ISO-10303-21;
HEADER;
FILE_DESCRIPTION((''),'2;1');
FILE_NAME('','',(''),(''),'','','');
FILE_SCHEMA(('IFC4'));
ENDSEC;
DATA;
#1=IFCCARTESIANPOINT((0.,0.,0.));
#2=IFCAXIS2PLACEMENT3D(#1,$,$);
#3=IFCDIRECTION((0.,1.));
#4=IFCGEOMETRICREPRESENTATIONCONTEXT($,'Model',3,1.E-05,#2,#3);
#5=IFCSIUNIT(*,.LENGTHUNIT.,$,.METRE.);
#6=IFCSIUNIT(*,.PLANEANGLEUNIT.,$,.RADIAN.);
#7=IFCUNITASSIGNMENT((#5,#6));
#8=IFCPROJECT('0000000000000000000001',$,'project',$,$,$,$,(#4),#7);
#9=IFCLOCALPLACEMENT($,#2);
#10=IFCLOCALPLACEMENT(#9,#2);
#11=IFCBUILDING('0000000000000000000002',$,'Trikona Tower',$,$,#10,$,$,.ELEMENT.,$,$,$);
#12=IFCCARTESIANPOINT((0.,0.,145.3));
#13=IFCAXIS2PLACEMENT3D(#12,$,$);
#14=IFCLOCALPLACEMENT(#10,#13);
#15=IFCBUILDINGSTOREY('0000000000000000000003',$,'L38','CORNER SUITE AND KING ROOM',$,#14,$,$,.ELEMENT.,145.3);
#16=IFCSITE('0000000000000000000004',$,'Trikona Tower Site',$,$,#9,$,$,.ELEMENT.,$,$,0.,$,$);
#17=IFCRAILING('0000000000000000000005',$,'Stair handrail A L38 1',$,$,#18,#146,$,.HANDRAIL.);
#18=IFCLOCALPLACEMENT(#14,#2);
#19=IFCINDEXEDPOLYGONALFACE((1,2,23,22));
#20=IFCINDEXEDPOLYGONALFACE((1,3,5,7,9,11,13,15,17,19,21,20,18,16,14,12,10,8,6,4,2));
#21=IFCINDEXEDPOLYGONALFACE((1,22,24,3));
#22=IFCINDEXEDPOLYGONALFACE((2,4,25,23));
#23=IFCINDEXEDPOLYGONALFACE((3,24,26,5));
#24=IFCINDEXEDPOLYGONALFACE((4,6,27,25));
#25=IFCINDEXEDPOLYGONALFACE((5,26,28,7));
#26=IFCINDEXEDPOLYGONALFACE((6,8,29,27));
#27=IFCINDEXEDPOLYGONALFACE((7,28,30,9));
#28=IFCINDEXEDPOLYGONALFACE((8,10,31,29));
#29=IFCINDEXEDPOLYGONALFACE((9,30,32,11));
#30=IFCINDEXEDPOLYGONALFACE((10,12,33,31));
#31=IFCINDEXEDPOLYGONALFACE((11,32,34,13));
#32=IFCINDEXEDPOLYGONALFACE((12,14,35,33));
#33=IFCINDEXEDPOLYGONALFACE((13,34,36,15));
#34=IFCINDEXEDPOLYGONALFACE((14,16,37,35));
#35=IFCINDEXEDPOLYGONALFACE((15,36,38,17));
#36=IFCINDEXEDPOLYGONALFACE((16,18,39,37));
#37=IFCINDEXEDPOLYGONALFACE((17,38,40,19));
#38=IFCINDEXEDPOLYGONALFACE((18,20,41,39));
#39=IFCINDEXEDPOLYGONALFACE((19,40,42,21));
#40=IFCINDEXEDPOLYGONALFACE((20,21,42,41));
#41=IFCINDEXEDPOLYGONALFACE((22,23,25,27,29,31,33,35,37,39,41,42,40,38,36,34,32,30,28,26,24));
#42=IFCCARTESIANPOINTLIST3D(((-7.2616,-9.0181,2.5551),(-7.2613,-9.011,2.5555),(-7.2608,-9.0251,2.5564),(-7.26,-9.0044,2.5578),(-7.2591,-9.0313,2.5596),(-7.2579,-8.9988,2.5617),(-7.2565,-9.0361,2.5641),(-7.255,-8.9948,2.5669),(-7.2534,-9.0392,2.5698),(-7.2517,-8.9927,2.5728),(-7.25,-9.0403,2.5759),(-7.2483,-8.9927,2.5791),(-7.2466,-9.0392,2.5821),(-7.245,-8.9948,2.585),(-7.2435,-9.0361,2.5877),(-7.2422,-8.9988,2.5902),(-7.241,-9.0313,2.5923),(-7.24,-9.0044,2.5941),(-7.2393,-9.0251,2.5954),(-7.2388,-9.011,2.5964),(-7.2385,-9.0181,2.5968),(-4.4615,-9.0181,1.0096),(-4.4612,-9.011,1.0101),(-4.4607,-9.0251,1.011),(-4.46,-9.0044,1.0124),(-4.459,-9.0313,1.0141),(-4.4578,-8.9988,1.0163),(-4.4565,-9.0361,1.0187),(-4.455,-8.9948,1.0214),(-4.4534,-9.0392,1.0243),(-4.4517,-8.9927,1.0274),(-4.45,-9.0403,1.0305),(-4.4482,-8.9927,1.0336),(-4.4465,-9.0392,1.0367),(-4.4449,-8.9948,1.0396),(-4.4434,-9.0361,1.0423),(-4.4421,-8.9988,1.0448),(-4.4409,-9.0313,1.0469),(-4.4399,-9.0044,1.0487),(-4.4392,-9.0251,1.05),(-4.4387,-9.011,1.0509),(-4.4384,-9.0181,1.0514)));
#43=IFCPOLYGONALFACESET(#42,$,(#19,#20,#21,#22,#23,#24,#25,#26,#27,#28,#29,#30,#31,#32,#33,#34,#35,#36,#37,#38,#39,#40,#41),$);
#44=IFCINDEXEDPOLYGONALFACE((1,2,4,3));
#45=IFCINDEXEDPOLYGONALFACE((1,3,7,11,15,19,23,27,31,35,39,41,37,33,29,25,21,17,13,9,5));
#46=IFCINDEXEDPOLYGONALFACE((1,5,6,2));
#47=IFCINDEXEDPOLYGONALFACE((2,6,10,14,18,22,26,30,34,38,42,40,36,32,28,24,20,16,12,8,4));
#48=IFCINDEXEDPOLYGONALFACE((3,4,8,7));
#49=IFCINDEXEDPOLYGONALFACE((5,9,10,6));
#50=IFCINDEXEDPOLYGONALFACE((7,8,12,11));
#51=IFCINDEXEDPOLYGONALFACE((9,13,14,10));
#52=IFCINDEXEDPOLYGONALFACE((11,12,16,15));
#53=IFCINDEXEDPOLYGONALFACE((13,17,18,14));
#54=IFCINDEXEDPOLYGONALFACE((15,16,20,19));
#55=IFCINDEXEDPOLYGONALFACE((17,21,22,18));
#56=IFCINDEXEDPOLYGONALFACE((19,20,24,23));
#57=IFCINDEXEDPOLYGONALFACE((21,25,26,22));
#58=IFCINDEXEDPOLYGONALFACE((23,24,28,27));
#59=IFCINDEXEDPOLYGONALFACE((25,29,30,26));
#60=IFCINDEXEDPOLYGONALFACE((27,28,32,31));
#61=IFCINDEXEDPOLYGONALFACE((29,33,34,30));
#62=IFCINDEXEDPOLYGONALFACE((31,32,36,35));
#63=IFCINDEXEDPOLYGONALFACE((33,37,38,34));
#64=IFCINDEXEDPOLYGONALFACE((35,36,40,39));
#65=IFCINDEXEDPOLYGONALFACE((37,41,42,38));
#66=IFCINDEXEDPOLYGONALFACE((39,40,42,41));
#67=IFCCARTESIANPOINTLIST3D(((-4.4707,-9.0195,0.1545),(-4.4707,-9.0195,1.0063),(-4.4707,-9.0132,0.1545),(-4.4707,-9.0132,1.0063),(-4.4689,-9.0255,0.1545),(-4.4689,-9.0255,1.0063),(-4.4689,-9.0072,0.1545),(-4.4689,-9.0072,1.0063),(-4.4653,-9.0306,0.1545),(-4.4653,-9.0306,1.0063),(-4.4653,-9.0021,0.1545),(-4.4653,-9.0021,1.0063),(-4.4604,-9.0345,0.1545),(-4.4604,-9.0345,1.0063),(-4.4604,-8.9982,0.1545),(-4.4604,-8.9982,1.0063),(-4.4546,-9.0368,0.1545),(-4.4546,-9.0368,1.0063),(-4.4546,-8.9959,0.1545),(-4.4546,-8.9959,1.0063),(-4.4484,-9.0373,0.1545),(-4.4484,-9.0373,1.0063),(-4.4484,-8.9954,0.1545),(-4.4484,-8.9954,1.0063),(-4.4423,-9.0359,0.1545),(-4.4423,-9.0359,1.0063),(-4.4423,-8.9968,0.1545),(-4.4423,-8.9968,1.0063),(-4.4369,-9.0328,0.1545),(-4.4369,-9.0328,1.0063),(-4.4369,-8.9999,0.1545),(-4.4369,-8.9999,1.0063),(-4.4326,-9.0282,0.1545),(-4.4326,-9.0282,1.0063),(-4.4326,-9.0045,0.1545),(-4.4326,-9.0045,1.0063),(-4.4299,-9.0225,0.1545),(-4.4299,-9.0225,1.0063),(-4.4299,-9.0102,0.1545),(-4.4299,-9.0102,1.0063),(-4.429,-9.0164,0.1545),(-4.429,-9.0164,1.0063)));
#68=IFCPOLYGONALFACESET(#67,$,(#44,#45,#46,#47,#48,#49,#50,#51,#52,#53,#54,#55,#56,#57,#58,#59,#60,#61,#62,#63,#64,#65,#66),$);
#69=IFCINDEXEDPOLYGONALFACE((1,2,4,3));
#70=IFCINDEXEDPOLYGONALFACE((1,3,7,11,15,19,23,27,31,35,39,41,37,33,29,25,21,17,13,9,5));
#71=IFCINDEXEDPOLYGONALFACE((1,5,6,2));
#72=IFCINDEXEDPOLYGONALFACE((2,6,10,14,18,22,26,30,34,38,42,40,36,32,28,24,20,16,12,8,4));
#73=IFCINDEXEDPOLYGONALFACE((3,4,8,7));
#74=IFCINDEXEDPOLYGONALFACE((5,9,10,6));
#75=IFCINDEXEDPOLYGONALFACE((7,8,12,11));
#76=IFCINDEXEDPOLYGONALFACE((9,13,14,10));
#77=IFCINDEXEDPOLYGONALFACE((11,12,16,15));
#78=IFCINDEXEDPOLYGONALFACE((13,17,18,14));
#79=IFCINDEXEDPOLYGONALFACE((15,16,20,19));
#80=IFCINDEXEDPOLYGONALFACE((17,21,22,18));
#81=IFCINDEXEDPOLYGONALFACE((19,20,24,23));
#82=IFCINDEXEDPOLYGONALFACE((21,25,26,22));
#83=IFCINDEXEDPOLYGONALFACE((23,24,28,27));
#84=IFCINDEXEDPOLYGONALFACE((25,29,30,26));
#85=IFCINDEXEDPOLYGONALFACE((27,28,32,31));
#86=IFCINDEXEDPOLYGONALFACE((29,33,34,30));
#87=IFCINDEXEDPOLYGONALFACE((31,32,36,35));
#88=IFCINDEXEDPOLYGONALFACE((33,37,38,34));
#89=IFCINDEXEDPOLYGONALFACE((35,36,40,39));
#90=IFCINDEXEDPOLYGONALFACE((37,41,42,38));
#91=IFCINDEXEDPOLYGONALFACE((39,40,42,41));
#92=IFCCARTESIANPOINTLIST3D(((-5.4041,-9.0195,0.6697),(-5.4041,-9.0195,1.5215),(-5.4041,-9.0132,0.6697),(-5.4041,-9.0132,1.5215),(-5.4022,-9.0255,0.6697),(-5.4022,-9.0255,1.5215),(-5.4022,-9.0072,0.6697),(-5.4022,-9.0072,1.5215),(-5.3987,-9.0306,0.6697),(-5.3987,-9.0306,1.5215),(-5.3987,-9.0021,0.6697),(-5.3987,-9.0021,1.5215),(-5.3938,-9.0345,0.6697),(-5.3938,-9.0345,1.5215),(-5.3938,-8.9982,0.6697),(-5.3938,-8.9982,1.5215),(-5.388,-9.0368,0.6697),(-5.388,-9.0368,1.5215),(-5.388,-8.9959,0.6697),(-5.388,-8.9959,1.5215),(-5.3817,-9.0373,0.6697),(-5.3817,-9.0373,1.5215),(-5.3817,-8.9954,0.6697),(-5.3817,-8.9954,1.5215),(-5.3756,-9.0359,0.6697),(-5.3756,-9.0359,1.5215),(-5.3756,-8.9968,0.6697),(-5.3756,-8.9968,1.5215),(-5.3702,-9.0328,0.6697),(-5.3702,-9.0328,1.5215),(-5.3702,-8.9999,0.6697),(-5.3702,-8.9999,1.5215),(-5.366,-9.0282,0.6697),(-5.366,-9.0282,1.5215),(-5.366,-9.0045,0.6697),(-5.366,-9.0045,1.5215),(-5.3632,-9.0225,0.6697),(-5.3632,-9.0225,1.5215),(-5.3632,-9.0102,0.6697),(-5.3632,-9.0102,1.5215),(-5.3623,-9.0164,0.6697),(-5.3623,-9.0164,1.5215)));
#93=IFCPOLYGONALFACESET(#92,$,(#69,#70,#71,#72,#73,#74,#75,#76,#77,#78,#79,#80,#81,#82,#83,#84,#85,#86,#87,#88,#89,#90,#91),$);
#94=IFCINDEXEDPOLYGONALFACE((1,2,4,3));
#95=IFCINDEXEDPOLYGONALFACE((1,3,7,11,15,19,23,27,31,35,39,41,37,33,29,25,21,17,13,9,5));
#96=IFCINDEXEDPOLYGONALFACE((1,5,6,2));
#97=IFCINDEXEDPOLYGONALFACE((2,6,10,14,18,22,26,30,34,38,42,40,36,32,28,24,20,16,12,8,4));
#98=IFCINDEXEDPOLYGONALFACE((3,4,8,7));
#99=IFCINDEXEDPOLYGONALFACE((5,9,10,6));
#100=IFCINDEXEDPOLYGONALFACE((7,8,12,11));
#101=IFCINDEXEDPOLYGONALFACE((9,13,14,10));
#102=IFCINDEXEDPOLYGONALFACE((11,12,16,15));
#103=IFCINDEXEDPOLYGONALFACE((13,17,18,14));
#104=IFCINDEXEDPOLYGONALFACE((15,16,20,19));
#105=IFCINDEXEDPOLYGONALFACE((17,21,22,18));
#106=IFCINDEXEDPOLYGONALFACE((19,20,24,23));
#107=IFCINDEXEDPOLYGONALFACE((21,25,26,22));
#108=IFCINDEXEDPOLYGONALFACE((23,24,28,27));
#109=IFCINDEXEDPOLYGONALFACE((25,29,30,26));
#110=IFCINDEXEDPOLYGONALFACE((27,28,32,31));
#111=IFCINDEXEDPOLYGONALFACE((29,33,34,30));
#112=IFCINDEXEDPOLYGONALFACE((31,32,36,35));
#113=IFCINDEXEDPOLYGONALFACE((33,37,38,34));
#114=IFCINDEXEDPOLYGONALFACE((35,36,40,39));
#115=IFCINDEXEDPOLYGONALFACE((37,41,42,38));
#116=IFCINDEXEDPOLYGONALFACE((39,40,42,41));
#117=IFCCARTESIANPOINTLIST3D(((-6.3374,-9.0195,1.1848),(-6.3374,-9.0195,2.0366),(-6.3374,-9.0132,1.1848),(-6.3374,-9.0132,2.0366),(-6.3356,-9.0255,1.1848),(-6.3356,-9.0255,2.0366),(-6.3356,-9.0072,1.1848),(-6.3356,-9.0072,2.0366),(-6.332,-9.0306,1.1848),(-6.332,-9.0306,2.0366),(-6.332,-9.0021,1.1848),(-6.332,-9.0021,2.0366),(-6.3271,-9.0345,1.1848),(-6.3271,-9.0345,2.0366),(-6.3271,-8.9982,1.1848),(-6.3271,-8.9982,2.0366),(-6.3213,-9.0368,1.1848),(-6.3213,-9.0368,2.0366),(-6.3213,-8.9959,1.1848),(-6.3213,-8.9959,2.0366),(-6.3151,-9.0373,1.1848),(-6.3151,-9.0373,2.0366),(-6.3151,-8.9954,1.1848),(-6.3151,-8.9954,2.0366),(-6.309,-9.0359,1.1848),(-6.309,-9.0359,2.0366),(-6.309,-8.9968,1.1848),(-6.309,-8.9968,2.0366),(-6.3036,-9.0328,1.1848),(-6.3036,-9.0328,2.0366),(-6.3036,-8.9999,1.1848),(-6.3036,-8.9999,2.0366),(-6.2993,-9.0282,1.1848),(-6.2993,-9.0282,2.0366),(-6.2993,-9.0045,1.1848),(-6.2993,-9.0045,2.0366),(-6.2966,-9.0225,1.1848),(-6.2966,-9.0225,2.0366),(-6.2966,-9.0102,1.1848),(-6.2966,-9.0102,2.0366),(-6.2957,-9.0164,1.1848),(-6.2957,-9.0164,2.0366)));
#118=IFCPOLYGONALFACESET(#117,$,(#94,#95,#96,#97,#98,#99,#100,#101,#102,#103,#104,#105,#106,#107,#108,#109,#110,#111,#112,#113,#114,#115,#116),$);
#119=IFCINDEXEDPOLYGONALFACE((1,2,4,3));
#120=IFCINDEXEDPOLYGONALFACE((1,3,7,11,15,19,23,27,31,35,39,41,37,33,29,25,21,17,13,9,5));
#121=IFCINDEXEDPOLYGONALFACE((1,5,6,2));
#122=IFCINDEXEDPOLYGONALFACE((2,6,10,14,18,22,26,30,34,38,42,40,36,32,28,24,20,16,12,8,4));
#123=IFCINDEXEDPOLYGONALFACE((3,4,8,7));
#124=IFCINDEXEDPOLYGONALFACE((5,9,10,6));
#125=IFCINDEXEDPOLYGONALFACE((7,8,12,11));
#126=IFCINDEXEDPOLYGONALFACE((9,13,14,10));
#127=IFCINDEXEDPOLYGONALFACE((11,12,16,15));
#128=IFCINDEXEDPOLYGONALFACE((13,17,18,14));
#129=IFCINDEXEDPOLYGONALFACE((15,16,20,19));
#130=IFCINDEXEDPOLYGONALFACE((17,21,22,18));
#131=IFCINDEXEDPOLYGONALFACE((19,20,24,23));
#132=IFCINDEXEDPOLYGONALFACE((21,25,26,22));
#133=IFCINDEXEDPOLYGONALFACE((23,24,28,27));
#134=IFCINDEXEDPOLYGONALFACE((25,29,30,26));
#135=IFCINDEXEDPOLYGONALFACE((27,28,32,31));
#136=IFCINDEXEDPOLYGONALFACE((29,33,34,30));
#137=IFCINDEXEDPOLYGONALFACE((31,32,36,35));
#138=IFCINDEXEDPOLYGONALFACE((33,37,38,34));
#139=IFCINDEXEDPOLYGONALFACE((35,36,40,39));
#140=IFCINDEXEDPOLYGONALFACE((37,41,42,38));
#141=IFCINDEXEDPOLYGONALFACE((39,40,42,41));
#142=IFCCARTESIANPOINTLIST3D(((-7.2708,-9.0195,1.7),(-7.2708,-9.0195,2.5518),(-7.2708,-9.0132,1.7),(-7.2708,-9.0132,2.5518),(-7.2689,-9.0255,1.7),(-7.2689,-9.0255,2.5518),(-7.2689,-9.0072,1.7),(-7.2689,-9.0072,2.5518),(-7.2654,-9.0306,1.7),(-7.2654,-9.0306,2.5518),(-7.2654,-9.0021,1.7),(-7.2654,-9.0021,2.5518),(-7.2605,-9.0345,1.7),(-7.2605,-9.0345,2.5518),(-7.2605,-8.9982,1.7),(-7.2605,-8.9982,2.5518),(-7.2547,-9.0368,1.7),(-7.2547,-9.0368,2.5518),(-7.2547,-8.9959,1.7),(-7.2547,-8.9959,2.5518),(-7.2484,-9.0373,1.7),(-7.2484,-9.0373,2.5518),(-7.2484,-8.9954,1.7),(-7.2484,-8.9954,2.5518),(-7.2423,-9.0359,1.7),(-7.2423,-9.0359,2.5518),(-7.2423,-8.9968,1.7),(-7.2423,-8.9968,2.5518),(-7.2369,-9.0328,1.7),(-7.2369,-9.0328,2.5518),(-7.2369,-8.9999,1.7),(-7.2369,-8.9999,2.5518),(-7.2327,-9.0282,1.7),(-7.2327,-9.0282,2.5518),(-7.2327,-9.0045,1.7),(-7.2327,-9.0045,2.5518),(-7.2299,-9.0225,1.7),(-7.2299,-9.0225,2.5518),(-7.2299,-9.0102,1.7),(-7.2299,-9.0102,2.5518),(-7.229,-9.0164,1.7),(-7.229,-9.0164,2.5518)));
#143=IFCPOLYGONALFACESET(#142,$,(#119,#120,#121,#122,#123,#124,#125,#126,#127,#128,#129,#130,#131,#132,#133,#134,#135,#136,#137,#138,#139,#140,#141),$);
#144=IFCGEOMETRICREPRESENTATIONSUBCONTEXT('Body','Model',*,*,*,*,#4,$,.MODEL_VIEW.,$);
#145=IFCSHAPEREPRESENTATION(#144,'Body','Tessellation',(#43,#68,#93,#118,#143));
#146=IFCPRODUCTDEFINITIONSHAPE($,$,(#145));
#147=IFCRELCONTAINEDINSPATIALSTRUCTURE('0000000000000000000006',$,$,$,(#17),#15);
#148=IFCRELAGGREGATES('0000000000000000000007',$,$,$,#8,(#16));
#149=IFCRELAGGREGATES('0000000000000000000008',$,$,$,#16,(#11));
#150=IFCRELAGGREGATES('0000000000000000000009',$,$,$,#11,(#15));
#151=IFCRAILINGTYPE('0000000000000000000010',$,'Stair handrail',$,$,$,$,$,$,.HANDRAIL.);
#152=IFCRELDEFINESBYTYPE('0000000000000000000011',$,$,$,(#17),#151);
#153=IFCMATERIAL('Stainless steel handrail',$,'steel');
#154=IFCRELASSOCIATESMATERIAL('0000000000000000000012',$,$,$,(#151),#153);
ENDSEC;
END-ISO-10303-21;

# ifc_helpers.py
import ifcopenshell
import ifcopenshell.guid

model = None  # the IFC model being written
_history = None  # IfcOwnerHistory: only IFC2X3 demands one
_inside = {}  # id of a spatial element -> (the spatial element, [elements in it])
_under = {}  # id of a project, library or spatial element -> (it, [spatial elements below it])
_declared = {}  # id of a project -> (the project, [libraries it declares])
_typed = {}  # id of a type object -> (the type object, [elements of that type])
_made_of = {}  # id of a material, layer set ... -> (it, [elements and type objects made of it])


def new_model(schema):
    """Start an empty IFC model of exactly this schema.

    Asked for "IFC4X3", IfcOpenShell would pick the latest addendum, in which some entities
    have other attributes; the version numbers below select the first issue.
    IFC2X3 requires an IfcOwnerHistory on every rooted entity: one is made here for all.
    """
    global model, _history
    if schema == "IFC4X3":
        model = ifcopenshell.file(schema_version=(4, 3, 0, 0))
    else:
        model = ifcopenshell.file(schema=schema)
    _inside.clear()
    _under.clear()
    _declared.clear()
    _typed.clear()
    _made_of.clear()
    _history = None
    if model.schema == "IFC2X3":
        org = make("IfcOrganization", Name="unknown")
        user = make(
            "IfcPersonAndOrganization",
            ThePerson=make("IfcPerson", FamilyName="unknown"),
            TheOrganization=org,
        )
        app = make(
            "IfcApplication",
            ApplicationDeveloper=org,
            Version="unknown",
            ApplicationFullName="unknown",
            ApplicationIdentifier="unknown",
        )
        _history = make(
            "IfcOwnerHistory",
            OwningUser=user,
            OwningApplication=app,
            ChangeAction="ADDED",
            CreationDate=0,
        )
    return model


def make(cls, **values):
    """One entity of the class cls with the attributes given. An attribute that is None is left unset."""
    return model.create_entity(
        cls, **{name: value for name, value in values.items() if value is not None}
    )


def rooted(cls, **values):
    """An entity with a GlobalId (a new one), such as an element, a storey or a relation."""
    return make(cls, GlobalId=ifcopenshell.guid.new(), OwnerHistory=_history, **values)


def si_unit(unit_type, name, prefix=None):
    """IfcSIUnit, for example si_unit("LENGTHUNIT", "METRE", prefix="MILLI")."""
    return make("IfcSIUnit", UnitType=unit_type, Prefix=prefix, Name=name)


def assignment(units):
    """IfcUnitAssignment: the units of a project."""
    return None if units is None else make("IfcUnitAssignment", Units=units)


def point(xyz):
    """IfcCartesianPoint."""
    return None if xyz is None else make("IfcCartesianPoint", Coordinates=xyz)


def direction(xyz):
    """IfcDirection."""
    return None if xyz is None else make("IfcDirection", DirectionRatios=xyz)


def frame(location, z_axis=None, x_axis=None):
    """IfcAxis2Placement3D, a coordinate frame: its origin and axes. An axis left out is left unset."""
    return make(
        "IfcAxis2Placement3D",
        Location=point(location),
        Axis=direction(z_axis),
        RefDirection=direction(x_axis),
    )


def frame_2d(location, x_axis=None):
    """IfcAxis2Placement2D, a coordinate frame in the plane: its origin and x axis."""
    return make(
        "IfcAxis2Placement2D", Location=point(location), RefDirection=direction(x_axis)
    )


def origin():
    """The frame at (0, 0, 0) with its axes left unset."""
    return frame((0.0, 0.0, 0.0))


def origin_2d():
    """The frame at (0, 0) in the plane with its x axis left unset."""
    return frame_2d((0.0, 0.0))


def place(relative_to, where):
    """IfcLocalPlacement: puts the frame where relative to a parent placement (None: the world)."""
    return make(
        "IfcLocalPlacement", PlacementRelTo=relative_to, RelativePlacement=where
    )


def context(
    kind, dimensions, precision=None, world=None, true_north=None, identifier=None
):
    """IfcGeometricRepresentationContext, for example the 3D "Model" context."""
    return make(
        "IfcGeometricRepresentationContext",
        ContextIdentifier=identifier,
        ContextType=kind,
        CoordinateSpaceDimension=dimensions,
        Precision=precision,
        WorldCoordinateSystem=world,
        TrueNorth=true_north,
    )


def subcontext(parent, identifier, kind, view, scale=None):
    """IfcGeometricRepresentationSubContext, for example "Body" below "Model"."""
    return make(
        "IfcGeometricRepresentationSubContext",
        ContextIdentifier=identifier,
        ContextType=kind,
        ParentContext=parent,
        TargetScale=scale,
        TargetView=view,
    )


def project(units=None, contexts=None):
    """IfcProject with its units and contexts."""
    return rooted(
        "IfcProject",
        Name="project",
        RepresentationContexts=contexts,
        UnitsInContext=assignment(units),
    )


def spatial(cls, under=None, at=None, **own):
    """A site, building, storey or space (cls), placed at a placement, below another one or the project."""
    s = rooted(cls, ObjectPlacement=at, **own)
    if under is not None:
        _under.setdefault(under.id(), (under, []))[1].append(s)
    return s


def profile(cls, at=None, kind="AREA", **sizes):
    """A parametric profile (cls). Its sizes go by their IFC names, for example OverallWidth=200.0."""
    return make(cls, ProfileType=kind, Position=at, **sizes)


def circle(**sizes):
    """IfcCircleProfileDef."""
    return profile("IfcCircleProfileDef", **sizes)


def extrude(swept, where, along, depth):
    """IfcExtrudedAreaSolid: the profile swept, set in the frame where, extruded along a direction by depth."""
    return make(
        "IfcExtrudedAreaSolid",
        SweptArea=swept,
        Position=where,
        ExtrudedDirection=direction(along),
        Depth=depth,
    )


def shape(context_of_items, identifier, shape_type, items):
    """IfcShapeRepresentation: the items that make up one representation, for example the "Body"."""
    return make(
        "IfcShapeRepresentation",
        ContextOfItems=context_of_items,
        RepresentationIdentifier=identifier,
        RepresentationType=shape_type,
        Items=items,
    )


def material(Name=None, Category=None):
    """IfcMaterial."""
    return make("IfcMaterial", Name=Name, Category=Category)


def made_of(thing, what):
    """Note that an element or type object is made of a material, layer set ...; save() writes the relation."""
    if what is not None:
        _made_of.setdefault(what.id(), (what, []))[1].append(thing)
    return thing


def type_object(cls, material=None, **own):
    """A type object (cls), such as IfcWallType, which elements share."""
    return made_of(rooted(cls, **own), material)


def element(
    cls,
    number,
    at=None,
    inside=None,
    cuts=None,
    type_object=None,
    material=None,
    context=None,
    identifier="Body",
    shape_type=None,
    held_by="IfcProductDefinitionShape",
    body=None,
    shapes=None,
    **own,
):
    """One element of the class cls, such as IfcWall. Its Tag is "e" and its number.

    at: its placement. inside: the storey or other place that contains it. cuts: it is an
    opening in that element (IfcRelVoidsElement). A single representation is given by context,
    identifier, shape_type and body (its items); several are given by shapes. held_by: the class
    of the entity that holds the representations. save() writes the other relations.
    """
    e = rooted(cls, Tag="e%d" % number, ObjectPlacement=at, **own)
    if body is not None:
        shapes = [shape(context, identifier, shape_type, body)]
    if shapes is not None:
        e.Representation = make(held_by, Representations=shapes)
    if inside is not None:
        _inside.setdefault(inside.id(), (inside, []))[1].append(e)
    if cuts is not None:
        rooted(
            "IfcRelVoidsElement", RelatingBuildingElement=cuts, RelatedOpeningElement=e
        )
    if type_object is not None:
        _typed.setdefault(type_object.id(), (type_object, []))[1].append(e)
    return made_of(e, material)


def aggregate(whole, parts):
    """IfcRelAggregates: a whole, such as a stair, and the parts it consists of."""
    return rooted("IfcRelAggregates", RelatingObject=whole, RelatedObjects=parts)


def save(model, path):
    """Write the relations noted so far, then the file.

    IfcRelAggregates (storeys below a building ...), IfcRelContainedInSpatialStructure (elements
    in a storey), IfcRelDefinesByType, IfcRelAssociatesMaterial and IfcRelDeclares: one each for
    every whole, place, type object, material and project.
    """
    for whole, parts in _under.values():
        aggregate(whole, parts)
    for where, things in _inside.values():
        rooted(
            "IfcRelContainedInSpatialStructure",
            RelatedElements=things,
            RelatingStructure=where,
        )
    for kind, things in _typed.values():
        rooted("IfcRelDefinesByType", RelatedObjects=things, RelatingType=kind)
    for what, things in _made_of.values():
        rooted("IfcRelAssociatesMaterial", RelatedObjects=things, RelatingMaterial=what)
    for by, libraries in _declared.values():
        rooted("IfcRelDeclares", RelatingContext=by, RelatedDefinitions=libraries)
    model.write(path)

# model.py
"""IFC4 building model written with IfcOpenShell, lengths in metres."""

from ifc_helpers import new_model, si_unit, direction, frame, origin, origin_2d, place, context, subcontext, project, spatial, circle, extrude, material, type_object, element, save


model = new_model("IFC4")

# Units and contexts
model_context = context("Model", 3, precision=1e-05, world=origin(), true_north=direction((0.0, 1.0)))
body_context = subcontext(model_context, "Body", "Model", "MODEL_VIEW")
ifc_project = project(units=[si_unit("LENGTHUNIT", "METRE"), si_unit("PLANEANGLEUNIT", "RADIAN")], contexts=[model_context])

# Site, building, storey
site_placement = place(None, origin())
site = spatial("IfcSite", under=ifc_project, at=site_placement, Name="Trikona Tower Site", CompositionType="ELEMENT", RefElevation=0.0)
building_placement = place(site_placement, origin())
building = spatial("IfcBuilding", under=site, at=building_placement, Name="Trikona Tower", CompositionType="ELEMENT")
storey_placement = place(building_placement, frame((0.0, 0.0, 145.3)))
storey = spatial("IfcBuildingStorey", under=building, at=storey_placement, Name="L38", Description="CORNER SUITE AND KING ROOM", CompositionType="ELEMENT", Elevation=145.3)

# Railing
ifc_material_1 = material(Name="Stainless steel handrail", Category="steel")
railing_type = type_object("IfcRailingType", Name="Stair handrail", PredefinedType="HANDRAIL", material=ifc_material_1)
railing_1_placement = place(storey_placement, frame((-4.45, -9.0164, 0.1545)))
element("IfcRailing", 1, at=railing_1_placement, inside=storey, type_object=railing_type, Name="Stair handrail A L38 1", PredefinedType="HANDRAIL", context=body_context, shape_type="SweptSolid", body=[
    extrude(circle(Radius=0.0239, at=origin_2d()), frame((0.0, 0.0, 0.876), z_axis=(-0.875504, 0.0, 0.483211), x_axis=(0.0, -1.0, 0.0)), (0.0, 0.0, 1.0), 3.1982),
    extrude(circle(Radius=0.021, at=origin_2d()), origin(), (0.0, 0.0, 1.0), 0.8518),
    extrude(circle(Radius=0.021, at=origin_2d()), frame((-0.9333, 0.0, 0.5151)), (0.0, 0.0, 1.0), 0.8518),
    extrude(circle(Radius=0.021, at=origin_2d()), frame((-1.8667, 0.0, 1.0303)), (0.0, 0.0, 1.0), 0.8518),
    extrude(circle(Radius=0.021, at=origin_2d()), frame((-2.8, 0.0, 1.5454)), (0.0, 0.0, 1.0), 0.8518),
])

save(model, "model.ifc")
